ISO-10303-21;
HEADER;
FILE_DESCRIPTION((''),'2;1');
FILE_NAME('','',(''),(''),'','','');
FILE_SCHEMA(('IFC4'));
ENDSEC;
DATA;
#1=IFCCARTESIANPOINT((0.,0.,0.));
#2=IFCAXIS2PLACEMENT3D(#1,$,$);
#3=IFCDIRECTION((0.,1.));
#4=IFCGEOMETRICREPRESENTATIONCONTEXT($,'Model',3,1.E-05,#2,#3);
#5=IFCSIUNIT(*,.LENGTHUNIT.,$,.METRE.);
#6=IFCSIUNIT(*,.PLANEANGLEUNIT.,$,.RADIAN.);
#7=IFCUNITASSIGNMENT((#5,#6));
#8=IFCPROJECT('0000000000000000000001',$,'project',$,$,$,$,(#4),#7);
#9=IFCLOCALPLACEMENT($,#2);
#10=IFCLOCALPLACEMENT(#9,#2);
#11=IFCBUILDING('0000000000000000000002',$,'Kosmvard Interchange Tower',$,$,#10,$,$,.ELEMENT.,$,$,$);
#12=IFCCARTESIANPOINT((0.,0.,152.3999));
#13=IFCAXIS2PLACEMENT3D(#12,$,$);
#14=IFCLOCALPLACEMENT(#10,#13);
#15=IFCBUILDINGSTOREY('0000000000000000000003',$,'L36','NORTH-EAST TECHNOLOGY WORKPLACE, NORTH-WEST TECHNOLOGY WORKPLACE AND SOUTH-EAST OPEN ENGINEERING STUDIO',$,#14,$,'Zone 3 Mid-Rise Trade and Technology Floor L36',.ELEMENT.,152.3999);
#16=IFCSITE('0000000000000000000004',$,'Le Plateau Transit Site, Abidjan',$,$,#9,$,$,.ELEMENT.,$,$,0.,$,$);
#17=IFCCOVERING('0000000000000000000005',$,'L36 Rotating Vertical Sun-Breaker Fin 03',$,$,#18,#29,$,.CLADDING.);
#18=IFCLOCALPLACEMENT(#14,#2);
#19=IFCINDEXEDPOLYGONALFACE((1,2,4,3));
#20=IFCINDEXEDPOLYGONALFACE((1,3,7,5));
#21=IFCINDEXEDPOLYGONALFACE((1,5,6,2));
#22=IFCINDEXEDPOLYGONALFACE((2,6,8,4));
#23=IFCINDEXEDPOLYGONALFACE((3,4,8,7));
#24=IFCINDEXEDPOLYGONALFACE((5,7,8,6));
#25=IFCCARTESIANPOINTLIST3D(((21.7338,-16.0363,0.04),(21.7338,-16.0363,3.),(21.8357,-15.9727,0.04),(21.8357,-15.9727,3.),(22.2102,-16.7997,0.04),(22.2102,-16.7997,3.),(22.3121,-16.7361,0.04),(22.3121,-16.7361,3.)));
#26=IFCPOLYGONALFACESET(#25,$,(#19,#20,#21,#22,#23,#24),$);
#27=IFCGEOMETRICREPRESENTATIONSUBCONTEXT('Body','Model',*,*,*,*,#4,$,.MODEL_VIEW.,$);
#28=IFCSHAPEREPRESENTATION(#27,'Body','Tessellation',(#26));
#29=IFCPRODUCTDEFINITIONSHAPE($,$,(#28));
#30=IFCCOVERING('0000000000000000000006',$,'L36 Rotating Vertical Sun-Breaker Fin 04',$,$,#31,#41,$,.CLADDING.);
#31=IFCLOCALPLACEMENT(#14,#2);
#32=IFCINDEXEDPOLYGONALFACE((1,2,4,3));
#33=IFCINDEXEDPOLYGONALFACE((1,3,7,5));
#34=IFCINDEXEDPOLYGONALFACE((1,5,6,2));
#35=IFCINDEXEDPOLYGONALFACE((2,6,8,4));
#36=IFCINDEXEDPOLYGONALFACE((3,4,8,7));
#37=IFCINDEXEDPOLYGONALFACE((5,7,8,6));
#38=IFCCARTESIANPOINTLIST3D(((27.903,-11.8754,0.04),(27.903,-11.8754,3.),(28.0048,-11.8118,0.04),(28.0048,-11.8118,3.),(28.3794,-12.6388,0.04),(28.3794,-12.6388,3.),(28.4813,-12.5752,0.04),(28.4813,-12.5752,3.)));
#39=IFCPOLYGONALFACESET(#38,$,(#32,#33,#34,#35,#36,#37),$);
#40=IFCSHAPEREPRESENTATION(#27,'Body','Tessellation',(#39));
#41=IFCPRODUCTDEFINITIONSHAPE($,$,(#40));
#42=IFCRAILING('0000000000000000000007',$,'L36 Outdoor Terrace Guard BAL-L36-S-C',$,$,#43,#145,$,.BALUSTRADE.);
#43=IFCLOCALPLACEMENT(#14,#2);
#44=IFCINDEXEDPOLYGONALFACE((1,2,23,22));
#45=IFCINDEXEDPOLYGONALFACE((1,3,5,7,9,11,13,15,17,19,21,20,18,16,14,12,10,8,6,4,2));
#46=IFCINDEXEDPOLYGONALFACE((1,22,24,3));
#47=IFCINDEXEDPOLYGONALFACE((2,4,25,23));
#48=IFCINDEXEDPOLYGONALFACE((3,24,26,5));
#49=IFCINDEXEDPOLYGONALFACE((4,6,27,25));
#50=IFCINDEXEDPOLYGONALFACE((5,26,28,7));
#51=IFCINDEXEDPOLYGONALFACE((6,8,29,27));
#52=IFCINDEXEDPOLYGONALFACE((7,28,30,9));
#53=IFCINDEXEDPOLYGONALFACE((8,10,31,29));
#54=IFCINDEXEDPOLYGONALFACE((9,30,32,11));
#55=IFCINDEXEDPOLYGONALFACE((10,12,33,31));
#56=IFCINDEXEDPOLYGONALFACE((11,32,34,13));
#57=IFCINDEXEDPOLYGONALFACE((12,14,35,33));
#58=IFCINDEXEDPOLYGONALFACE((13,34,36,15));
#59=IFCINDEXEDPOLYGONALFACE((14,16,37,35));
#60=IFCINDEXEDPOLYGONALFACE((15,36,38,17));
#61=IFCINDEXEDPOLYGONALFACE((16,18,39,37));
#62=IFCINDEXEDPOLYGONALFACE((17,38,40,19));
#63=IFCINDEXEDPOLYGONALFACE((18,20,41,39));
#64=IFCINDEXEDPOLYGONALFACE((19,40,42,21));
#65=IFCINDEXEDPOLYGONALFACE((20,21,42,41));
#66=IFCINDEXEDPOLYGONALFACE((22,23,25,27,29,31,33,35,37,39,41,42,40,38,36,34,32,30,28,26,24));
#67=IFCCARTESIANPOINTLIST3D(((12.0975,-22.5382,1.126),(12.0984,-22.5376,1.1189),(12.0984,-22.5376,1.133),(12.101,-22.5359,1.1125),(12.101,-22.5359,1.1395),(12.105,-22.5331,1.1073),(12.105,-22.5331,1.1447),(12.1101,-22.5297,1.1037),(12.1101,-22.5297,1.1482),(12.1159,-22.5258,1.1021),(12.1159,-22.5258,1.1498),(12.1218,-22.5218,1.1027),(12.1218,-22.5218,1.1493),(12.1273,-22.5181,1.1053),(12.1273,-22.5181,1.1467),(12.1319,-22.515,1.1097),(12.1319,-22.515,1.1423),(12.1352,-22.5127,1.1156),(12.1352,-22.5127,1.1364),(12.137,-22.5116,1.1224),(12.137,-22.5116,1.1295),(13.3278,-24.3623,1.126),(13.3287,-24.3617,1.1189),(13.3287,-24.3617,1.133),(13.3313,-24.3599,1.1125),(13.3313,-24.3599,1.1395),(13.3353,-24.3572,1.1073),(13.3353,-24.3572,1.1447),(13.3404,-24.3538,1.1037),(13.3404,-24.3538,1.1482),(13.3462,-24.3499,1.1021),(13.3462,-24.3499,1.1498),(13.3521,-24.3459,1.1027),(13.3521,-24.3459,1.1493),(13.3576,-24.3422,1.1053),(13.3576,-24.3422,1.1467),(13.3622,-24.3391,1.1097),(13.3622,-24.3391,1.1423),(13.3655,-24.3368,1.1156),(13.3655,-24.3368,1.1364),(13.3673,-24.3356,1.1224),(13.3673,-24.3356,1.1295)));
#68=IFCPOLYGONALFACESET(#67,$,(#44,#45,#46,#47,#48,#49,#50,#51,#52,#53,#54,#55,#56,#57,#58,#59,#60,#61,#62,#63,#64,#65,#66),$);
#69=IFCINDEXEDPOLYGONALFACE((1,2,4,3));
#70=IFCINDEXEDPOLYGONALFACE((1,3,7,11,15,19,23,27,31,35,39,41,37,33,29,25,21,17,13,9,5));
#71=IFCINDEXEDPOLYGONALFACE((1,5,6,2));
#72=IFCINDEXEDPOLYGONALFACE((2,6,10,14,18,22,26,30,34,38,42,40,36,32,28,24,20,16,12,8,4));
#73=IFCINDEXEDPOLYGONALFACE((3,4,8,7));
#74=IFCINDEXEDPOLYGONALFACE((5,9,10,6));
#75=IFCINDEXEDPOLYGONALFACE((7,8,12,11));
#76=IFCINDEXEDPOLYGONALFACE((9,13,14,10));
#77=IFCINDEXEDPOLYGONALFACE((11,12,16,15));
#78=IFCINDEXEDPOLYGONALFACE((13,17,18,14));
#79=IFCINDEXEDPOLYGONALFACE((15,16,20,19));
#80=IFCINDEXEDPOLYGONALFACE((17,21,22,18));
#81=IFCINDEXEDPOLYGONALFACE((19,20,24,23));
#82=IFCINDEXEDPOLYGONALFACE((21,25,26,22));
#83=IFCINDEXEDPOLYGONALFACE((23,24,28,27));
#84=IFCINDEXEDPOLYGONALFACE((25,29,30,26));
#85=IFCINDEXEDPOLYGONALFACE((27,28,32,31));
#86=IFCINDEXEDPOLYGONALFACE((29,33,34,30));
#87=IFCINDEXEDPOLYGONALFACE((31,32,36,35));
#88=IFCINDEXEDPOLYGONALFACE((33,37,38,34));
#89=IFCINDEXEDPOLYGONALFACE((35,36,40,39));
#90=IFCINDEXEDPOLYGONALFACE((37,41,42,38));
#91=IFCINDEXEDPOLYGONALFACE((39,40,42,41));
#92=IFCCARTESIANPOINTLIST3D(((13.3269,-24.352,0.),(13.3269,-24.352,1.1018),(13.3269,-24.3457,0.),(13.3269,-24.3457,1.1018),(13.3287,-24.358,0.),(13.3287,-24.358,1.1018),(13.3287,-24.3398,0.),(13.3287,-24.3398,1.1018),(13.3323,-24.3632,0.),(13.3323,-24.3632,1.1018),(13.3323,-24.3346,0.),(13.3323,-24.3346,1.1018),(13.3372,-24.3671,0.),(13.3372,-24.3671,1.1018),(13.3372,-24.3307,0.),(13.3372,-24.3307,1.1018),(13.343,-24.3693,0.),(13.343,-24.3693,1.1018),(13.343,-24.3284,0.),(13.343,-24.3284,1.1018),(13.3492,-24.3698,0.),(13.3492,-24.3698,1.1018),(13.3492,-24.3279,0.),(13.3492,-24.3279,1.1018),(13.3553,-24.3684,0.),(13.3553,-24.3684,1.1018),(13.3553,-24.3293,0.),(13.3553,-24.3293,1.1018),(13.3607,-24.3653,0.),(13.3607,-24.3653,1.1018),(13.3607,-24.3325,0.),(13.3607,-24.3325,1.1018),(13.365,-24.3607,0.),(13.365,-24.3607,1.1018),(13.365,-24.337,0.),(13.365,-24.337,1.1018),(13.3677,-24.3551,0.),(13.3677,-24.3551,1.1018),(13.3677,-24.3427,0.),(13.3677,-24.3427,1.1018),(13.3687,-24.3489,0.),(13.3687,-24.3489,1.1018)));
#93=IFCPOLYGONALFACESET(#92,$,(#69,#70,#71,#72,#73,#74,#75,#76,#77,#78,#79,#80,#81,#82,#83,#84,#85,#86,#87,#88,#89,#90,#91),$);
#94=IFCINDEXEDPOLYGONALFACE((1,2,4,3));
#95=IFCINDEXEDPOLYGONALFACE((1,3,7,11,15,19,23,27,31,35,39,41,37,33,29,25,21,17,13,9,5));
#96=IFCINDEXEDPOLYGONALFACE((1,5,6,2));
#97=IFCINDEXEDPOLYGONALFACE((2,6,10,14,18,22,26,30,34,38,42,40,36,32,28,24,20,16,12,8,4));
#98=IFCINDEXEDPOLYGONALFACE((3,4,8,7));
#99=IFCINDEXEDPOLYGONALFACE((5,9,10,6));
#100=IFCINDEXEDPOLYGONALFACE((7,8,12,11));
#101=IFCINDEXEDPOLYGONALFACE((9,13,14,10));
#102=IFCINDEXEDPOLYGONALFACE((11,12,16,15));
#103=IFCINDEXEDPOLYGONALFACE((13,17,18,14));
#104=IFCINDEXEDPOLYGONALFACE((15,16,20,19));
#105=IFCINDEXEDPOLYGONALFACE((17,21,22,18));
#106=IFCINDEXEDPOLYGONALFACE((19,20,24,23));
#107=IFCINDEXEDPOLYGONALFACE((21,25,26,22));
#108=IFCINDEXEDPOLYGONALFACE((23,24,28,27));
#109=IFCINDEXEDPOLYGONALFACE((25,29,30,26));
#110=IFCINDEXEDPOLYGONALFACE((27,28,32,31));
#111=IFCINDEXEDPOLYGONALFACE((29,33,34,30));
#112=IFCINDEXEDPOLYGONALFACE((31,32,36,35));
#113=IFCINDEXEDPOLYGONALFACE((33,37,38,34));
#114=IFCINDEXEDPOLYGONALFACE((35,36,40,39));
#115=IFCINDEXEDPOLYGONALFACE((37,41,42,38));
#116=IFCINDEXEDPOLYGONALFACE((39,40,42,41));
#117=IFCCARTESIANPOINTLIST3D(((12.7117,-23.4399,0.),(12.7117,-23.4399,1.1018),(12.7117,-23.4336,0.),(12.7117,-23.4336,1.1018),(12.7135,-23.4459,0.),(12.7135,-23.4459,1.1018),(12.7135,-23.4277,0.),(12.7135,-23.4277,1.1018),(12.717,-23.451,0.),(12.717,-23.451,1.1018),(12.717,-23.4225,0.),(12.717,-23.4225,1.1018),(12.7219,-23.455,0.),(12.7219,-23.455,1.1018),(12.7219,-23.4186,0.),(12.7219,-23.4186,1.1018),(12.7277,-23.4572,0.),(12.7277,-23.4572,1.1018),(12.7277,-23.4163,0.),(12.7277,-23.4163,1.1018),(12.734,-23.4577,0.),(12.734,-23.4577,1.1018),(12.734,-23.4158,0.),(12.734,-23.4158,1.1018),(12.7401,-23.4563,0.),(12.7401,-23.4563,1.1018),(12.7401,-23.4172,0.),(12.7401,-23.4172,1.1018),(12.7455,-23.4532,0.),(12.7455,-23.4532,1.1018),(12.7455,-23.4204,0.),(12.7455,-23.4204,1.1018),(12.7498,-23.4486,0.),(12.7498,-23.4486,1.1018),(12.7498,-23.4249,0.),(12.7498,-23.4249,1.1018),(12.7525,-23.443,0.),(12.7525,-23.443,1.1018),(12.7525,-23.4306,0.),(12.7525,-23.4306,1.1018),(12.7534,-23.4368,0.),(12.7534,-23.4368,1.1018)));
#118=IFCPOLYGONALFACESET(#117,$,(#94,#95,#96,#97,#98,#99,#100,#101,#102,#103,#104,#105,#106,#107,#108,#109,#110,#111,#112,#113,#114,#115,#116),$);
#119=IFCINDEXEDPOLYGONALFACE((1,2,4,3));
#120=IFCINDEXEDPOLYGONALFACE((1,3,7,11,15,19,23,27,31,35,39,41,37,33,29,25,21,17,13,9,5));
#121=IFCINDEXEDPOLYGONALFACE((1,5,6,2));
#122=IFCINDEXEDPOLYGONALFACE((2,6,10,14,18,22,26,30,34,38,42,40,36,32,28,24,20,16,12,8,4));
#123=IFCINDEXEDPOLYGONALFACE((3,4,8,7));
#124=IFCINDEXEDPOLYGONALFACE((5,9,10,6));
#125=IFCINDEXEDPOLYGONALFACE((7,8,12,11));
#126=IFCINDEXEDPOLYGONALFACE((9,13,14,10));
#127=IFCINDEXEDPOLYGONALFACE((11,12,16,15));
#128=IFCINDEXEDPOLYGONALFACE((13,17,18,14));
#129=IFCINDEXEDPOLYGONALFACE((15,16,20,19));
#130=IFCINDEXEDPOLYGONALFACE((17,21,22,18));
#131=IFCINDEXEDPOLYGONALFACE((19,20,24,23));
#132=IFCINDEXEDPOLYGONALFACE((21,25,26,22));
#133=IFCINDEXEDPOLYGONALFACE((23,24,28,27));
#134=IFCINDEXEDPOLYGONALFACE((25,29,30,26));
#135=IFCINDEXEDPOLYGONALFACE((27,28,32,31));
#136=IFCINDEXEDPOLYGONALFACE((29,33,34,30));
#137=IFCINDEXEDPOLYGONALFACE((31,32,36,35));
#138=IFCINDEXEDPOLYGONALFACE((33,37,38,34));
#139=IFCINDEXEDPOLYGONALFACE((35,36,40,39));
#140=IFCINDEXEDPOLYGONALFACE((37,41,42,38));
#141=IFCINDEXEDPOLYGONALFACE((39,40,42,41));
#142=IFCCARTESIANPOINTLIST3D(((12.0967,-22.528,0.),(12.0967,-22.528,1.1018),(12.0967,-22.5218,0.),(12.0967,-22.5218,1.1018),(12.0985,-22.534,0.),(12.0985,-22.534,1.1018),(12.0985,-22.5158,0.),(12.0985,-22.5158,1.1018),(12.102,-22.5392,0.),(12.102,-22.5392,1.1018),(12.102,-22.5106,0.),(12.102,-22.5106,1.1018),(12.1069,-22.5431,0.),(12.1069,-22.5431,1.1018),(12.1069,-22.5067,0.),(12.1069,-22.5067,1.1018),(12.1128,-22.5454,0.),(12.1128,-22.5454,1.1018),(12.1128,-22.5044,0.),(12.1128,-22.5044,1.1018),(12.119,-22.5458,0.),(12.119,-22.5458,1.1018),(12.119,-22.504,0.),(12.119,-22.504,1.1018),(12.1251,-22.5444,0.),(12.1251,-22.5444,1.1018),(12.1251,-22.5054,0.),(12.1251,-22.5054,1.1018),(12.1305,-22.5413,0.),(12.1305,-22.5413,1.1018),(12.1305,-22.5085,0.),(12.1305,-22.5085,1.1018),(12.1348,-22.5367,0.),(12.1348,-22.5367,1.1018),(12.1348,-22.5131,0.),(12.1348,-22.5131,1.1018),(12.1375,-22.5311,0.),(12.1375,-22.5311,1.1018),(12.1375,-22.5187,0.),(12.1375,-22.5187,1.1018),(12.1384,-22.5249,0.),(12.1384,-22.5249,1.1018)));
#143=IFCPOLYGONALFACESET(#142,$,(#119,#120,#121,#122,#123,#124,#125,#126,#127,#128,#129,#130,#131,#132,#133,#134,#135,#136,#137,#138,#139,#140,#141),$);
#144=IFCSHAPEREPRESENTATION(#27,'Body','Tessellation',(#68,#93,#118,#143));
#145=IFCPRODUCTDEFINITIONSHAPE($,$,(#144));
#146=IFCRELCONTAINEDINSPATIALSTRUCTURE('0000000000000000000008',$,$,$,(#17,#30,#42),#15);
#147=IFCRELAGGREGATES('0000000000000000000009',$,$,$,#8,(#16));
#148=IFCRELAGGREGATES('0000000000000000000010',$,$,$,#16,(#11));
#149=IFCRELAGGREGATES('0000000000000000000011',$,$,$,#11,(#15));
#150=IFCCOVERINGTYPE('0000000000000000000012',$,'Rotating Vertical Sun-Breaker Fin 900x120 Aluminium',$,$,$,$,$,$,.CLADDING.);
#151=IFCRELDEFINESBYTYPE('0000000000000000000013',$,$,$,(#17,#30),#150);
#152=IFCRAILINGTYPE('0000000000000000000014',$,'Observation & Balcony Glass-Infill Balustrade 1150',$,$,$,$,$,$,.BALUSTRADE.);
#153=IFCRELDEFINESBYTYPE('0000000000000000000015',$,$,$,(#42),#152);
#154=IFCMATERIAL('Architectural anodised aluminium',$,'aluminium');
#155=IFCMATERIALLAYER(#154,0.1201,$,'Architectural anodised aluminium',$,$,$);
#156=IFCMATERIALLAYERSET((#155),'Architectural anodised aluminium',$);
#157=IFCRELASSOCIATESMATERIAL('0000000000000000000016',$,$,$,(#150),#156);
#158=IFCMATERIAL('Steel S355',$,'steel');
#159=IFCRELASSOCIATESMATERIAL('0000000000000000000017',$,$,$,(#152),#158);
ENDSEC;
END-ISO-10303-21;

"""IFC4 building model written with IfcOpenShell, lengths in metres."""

from ifc_helpers import new_model, si_unit, direction, frame, origin, origin_2d, place, context, subcontext, project, spatial, rectangle, circle, extrude, source, transform, mapped, material, layer, layer_set, type_object, element, save


model = new_model("IFC4")

# Units and contexts
model_context = context("Model", 3, precision=1e-05, world=origin(), true_north=direction((0.0, 1.0)))
body_context = subcontext(model_context, "Body", "Model", "MODEL_VIEW")
ifc_project = project(units=[si_unit("LENGTHUNIT", "METRE"), si_unit("PLANEANGLEUNIT", "RADIAN")], contexts=[model_context])

# Site, building, storey
site_placement = place(None, origin())
site = spatial("IfcSite", under=ifc_project, at=site_placement, Name="Le Plateau Transit Site, Abidjan", CompositionType="ELEMENT", RefElevation=0.0)
building_placement = place(site_placement, origin())
building = spatial("IfcBuilding", under=site, at=building_placement, Name="Kosmvard Interchange Tower", CompositionType="ELEMENT")
storey_placement = place(building_placement, frame((0.0, 0.0, 152.3999)))
storey = spatial("IfcBuildingStorey", under=building, at=storey_placement, Name="L36", Description="NORTH-EAST TECHNOLOGY WORKPLACE, NORTH-WEST TECHNOLOGY WORKPLACE AND SOUTH-EAST OPEN ENGINEERING STUDIO", LongName="Zone 3 Mid-Rise Trade and Technology Floor L36", CompositionType="ELEMENT", Elevation=152.3999)

# Shared definitions
ifc_material_1 = material(Name="Steel S355", Category="steel")

# Coverings
ifc_material_2 = material(Name="Architectural anodised aluminium", Category="aluminium")
ifc_layer_1 = layer(ifc_material_2, 0.1201, Name="Architectural anodised aluminium")
ifc_layer_set_1 = layer_set([ifc_layer_1], Name="Architectural anodised aluminium")
covering_type = type_object("IfcCoveringType", Name="Rotating Vertical Sun-Breaker Fin 900x120 Aluminium", PredefinedType="CLADDING", material=ifc_layer_set_1)
shared_shape_1 = source(origin(), body_context, "Body", "SweptSolid", [
    extrude(rectangle(XDim=0.8999, YDim=0.1201, at=origin_2d()), origin(), (0.0, 0.0, 1.0), 2.96),
])
for number, where, z_axis, x_axis, name in (
    (1, (22.0229, -16.3862, 0.04), (0.0, 0.0, 1.0), (0.529475, -0.848325, 0.0), "L36 Rotating Vertical Sun-Breaker Fin 03"),
    (2, (28.1921, -12.2253, 0.04), (0.0, 0.0, 1.0), (0.529475, -0.848325, 0.0), "L36 Rotating Vertical Sun-Breaker Fin 04"),
):
    element("IfcCovering", number, at=place(storey_placement, frame(where, z_axis=z_axis, x_axis=x_axis)), inside=storey, type_object=covering_type, Name=name, PredefinedType="CLADDING", context=body_context, shape_type="MappedRepresentation", body=[
        mapped(shared_shape_1, transform((0.0, 0.0, 0.0), scale=1.0)),
    ])

# Railing
railing_type = type_object("IfcRailingType", Name="Observation & Balcony Glass-Infill Balustrade 1150", PredefinedType="BALUSTRADE", material=ifc_material_1)
shared_shape_2 = source(origin(), body_context, "Body", "SweptSolid", [
    extrude(circle(Radius=0.0239, at=origin_2d()), frame((0.0, 0.0, 1.126), z_axis=(-0.559174, 0.829051, 0.0), x_axis=(-0.829051, -0.559174, 0.0)), (0.0, 0.0, 1.0), 2.2002),
    extrude(circle(Radius=0.021, at=origin_2d()), origin(), (0.0, 0.0, 1.0), 1.1018),
    extrude(circle(Radius=0.021, at=origin_2d()), frame((-0.6152, 0.9121, 0.0)), (0.0, 0.0, 1.0), 1.1018),
    extrude(circle(Radius=0.021, at=origin_2d()), frame((-1.2302, 1.824, 0.0)), (0.0, 0.0, 1.0), 1.1018),
])
railing_placement = place(storey_placement, frame((13.3477, -24.3489, 0.0)))
element("IfcRailing", 3, at=railing_placement, inside=storey, type_object=railing_type, Name="L36 Outdoor Terrace Guard BAL-L36-S-C", PredefinedType="BALUSTRADE", context=body_context, shape_type="MappedRepresentation", body=[
    mapped(shared_shape_2, transform((0.0, 0.0, 0.0), scale=1.0)),
])

save(model, "model.ifc")
